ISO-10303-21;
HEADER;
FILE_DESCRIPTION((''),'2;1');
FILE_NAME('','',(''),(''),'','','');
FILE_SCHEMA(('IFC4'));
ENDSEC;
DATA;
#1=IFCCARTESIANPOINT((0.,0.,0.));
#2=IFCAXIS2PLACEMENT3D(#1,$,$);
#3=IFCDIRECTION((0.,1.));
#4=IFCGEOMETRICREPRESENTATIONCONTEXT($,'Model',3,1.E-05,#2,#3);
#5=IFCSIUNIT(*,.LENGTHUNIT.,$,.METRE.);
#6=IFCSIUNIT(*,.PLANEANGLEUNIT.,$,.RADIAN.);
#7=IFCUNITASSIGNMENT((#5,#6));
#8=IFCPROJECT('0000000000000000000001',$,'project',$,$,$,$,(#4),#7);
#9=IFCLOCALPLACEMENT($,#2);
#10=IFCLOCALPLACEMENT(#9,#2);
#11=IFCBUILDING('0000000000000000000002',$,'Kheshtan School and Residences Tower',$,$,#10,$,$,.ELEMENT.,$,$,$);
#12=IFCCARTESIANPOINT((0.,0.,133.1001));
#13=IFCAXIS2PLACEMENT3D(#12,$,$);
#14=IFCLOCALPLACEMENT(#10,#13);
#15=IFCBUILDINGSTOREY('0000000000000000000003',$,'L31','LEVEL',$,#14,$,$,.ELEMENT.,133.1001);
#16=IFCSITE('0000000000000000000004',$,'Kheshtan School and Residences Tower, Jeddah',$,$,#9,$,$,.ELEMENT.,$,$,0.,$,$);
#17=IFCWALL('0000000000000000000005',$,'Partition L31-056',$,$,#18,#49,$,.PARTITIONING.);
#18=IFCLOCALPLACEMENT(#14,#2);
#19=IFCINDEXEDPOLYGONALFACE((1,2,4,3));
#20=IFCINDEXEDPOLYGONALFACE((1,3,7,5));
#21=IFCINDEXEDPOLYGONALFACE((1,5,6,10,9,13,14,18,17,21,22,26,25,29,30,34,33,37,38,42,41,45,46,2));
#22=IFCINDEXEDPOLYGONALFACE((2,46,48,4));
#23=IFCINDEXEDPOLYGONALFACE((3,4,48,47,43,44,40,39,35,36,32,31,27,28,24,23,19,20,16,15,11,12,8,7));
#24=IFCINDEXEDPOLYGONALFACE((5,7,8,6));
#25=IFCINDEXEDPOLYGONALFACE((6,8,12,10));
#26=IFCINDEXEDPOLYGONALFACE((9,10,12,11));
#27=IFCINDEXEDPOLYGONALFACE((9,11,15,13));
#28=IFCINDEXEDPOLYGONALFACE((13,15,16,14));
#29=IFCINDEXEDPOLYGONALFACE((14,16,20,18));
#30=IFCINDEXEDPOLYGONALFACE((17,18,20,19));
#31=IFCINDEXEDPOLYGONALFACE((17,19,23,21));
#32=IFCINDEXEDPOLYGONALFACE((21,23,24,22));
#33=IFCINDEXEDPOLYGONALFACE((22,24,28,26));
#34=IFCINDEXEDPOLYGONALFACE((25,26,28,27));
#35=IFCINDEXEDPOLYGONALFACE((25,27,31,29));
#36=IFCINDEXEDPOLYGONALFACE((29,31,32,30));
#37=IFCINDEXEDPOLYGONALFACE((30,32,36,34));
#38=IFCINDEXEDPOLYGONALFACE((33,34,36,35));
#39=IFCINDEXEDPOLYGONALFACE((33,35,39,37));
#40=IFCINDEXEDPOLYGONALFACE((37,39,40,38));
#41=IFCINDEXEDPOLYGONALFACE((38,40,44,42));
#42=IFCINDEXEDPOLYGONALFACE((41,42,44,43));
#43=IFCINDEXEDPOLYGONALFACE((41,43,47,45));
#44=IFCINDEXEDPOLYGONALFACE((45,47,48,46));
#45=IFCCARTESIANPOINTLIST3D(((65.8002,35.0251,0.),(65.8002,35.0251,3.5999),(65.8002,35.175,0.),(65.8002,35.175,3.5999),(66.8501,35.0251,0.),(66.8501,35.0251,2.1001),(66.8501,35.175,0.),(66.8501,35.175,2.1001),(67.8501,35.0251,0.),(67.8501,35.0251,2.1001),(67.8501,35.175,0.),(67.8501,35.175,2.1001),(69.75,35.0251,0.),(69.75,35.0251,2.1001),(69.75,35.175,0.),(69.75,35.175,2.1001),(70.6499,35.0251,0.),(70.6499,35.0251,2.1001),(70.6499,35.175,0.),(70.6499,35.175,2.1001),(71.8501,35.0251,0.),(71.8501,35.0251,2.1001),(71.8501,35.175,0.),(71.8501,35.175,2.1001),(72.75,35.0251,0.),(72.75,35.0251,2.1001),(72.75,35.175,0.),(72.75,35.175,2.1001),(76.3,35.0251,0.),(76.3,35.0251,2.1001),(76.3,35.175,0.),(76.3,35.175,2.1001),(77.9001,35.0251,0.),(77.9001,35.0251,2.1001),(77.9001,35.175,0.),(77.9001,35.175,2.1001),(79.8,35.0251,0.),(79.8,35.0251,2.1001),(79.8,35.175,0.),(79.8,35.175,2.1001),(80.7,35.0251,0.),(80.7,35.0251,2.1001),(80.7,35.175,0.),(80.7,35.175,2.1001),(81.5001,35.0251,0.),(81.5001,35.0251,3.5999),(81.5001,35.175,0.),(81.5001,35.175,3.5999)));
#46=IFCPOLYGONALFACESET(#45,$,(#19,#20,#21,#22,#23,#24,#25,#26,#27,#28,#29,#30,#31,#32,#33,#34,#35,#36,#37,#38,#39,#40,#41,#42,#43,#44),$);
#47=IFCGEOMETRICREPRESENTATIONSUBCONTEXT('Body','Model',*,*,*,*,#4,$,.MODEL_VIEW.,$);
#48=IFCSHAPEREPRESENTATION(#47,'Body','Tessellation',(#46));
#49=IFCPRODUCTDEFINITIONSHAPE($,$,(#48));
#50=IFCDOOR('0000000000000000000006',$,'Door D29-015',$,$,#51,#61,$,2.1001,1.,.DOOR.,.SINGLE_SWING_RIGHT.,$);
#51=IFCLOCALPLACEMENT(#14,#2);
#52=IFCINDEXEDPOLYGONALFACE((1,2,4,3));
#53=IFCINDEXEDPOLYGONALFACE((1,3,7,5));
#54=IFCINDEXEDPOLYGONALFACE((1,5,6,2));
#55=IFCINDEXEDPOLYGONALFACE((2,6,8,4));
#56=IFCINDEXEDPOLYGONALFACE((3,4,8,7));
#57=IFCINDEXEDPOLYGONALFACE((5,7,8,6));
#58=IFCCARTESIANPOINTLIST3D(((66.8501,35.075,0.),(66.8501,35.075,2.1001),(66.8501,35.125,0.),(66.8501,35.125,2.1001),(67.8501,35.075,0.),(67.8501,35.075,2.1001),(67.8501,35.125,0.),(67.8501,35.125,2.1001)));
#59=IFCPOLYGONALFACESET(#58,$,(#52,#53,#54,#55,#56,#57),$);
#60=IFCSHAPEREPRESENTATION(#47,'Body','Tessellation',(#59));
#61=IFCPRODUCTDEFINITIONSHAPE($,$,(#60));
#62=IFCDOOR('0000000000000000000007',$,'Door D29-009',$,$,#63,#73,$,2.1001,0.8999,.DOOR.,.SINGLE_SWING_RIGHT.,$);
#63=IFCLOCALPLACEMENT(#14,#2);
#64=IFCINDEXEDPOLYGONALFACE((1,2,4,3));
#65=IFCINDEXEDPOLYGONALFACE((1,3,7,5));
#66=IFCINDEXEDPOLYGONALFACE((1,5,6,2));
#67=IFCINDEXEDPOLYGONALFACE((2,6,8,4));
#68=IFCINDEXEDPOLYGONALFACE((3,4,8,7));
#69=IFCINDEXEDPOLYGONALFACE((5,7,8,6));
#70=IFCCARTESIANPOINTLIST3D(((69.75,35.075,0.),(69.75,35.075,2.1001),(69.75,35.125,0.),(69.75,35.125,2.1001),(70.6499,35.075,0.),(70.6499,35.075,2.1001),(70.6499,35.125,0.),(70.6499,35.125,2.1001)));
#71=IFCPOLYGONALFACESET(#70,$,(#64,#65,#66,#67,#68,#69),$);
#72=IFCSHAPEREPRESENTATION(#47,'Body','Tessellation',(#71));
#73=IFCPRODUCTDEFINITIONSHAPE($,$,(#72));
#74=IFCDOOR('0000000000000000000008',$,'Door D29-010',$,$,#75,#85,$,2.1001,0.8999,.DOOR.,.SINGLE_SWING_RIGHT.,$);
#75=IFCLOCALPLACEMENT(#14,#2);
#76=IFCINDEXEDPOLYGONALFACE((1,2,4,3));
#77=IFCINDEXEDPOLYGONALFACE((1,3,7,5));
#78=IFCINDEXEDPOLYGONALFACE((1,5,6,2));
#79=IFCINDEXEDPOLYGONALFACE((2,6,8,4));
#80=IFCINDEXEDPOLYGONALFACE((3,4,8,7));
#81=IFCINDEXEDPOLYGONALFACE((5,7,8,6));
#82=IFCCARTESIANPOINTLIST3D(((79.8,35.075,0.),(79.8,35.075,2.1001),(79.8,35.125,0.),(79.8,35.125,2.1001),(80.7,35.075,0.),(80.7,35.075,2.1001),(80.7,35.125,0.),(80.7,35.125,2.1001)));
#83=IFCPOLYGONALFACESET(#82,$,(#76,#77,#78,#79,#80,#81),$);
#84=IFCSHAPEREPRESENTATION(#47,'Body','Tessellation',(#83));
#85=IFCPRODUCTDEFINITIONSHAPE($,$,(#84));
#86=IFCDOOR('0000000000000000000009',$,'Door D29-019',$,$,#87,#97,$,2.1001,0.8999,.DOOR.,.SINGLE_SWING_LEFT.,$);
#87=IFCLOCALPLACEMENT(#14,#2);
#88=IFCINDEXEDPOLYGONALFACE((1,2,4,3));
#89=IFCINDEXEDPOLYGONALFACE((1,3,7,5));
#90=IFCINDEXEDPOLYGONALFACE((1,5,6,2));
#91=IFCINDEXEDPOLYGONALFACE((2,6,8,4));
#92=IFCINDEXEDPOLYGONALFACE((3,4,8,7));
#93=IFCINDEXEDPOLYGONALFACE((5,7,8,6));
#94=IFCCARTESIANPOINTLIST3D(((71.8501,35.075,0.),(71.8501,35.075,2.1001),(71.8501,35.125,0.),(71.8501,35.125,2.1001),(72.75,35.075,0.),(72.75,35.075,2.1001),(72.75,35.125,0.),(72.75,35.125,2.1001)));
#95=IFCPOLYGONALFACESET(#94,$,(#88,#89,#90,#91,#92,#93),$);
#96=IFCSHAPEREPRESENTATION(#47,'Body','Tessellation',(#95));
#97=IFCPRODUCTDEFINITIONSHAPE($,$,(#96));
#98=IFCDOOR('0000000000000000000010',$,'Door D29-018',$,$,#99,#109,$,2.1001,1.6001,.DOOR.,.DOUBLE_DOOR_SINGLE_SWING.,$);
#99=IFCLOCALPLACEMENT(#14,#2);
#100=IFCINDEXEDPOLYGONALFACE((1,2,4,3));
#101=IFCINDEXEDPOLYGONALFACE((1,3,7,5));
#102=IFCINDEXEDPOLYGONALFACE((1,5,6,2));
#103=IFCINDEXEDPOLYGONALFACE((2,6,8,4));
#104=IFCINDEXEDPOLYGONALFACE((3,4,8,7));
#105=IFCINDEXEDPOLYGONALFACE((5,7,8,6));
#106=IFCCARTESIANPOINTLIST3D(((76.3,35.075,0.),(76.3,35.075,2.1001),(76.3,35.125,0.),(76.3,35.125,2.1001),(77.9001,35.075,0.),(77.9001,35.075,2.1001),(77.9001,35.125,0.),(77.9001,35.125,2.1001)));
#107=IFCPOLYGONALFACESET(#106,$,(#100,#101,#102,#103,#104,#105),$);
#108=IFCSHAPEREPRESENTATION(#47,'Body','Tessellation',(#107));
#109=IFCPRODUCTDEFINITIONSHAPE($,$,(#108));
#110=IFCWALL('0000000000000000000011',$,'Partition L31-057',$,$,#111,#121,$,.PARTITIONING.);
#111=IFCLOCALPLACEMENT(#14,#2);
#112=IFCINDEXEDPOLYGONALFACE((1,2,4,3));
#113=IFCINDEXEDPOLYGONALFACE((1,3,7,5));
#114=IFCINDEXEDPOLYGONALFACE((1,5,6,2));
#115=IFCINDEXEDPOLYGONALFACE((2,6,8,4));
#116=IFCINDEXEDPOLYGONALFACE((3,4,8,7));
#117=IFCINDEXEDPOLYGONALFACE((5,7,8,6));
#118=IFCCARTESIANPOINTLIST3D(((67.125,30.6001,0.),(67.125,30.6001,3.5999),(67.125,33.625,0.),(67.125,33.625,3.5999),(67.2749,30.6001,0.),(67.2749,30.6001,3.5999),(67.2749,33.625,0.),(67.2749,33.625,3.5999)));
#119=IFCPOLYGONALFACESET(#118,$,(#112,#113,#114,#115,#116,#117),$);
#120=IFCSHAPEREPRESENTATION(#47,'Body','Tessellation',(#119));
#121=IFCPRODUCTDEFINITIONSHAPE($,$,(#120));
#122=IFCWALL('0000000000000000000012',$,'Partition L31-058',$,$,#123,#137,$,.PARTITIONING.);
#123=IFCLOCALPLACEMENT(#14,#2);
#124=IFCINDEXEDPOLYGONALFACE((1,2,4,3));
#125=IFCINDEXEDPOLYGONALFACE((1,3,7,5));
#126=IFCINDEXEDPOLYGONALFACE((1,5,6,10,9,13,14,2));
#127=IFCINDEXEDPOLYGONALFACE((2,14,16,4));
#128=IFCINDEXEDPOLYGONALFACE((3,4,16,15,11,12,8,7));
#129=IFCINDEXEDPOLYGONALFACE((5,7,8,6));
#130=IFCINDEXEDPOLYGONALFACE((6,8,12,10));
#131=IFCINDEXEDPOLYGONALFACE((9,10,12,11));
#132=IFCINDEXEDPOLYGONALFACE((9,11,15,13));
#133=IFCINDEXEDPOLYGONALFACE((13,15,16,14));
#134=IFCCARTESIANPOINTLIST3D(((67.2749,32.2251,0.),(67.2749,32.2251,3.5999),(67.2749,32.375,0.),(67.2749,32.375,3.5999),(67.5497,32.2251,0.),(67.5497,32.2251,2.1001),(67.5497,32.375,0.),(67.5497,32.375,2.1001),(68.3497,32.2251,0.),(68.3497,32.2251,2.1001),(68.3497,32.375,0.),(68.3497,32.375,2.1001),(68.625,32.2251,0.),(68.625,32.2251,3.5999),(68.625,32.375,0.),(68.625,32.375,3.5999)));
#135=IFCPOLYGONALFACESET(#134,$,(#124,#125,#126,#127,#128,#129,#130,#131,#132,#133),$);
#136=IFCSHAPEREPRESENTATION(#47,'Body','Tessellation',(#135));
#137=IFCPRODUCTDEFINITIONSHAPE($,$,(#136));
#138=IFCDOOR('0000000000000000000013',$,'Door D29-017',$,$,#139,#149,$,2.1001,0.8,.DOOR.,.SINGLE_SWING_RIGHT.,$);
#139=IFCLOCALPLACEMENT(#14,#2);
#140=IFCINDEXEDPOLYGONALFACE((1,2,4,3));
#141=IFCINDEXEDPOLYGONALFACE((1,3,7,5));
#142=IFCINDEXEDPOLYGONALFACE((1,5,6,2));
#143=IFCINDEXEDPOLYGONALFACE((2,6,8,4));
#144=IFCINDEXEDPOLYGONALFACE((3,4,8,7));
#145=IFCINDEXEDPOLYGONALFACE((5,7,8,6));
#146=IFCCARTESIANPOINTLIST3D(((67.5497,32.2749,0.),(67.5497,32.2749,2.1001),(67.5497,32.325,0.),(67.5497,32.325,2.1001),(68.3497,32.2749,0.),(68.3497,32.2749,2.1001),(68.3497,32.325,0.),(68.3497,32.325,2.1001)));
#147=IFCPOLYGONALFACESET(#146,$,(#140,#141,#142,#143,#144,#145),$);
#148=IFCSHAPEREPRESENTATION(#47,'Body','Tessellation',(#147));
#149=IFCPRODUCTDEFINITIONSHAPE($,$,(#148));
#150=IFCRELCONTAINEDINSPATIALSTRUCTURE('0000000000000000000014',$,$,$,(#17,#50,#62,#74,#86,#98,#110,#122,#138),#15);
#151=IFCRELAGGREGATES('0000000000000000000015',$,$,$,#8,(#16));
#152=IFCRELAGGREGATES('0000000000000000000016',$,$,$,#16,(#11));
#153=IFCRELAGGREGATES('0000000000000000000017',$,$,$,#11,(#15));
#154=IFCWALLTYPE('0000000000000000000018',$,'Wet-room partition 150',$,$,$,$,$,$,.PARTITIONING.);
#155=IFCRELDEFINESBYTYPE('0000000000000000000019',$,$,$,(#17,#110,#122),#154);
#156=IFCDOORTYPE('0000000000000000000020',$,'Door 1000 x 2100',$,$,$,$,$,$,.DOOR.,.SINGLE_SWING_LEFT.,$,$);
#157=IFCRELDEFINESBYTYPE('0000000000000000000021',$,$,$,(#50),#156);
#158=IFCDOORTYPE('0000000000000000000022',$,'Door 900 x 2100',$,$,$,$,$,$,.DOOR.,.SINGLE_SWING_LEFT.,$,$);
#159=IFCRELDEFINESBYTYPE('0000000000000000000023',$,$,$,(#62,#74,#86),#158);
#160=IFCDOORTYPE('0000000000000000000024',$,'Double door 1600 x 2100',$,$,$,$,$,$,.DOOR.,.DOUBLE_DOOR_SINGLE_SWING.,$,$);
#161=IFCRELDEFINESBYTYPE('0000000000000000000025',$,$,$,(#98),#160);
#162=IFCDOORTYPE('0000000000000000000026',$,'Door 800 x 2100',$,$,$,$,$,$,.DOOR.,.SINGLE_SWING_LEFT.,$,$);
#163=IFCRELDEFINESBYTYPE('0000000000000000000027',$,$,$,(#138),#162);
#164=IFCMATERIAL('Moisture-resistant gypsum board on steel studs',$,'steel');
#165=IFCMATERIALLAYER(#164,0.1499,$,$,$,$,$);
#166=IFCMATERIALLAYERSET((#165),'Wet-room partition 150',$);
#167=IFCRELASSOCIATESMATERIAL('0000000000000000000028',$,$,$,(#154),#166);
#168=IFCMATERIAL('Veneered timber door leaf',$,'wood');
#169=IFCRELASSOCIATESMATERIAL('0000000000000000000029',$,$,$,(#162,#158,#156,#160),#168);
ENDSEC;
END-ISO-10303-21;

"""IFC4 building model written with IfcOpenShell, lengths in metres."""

from ifc_helpers import new_model, si_unit, direction, frame, frame_2d, origin, place, context, subcontext, project, spatial, rectangle, extrude, source, transform, mapped, material, layer, layer_set, type_object, element, fill, save


model = new_model("IFC4")

# Units and contexts
model_context = context("Model", 3, precision=1e-05, world=origin(), true_north=direction((0.0, 1.0)))
body_context = subcontext(model_context, "Body", "Model", "MODEL_VIEW")
ifc_project = project(units=[si_unit("LENGTHUNIT", "METRE"), si_unit("PLANEANGLEUNIT", "RADIAN")], contexts=[model_context])

# Site, building, storey
site_placement = place(None, origin())
site = spatial("IfcSite", under=ifc_project, at=site_placement, Name="Kheshtan School and Residences Tower, Jeddah", CompositionType="ELEMENT", RefElevation=0.0)
building_placement = place(site_placement, origin())
building = spatial("IfcBuilding", under=site, at=building_placement, Name="Kheshtan School and Residences Tower", CompositionType="ELEMENT")
storey_placement = place(building_placement, frame((0.0, 0.0, 133.1001)))
storey = spatial("IfcBuildingStorey", under=building, at=storey_placement, Name="L31", Description="LEVEL", CompositionType="ELEMENT", Elevation=133.1001)

# Wall, openings, doors
ifc_material_1 = material(Name="Moisture-resistant gypsum board on steel studs", Category="steel")
ifc_layer_1 = layer(ifc_material_1, 0.1499)
ifc_layer_set_1 = layer_set([ifc_layer_1], Name="Wet-room partition 150")
wall_type_1 = type_object("IfcWallType", Name="Wet-room partition 150", PredefinedType="PARTITIONING", material=ifc_layer_set_1)
ifc_material_2 = material(Name="Veneered timber door leaf", Category="wood")
door_type_1 = type_object("IfcDoorType", Name="Door 800 x 2100", OperationType="SINGLE_SWING_LEFT", PredefinedType="DOOR", material=ifc_material_2)
shared_shape_1 = source(origin(), body_context, "Body", "SweptSolid", [
    extrude(rectangle(XDim=0.8, YDim=2.1001, at=frame_2d((0.3999, 1.05))), frame((0.0, 0.0249, 0.0), z_axis=(0.0, -1.0, 0.0), x_axis=(1.0, 0.0, 0.0)), (0.0, 0.0, 1.0), 0.05),
])
door_type_2 = type_object("IfcDoorType", Name="Door 900 x 2100", OperationType="SINGLE_SWING_LEFT", PredefinedType="DOOR", material=ifc_material_2)
shared_shape_2 = source(origin(), body_context, "Body", "SweptSolid", [
    extrude(rectangle(XDim=0.8999, YDim=2.1001, at=frame_2d((0.45, 1.05))), frame((0.0, 0.0249, 0.0), z_axis=(0.0, -1.0, 0.0), x_axis=(1.0, 0.0, 0.0)), (0.0, 0.0, 1.0), 0.05),
])
wall_1_placement = place(storey_placement, frame((65.8, 35.1001, 0.0), z_axis=(0.0, 0.0, 1.0), x_axis=(1.0, 0.0, 0.0)))
wall_1 = element("IfcWall", 1, at=wall_1_placement, inside=storey, type_object=wall_type_1, Name="Partition L31-056", PredefinedType="PARTITIONING", context=body_context, shape_type="SweptSolid", body=[
    extrude(rectangle(XDim=15.7, YDim=0.1499, at=frame_2d((7.8501, 0.0))), origin(), (0.0, 0.0, 1.0), 3.5999),
])
opening_1_placement = place(wall_1_placement, frame((3.95, 0.0, 0.0)))
opening_1 = element("IfcOpeningElement", 2, at=opening_1_placement, cuts=wall_1, PredefinedType="OPENING", context=body_context, shape_type="SweptSolid", body=[
    extrude(rectangle(XDim=0.8999, YDim=2.1001, at=frame_2d((0.45, 1.05))), frame((0.0, 0.085, 0.0), z_axis=(0.0, -1.0, 0.0), x_axis=(1.0, 0.0, 0.0)), (0.0, 0.0, 1.0), 0.1699),
])
opening_2_placement = place(wall_1_placement, frame((14.0, 0.0, 0.0)))
opening_2 = element("IfcOpeningElement", 3, at=opening_2_placement, cuts=wall_1, PredefinedType="OPENING", context=body_context, shape_type="SweptSolid", body=[
    extrude(rectangle(XDim=0.8999, YDim=2.1001, at=frame_2d((0.45, 1.05))), frame((0.0, 0.085, 0.0), z_axis=(0.0, -1.0, 0.0), x_axis=(1.0, 0.0, 0.0)), (0.0, 0.0, 1.0), 0.1699),
])
opening_3_placement = place(wall_1_placement, frame((1.05, 0.0, 0.0)))
opening_3 = element("IfcOpeningElement", 4, at=opening_3_placement, cuts=wall_1, PredefinedType="OPENING", context=body_context, shape_type="SweptSolid", body=[
    extrude(rectangle(XDim=1.0, YDim=2.1001, at=frame_2d((0.5, 1.05))), frame((0.0, 0.085, 0.0), z_axis=(0.0, -1.0, 0.0), x_axis=(1.0, 0.0, 0.0)), (0.0, 0.0, 1.0), 0.1699),
])
opening_4_placement = place(wall_1_placement, frame((10.5, 0.0, 0.0)))
opening_4 = element("IfcOpeningElement", 5, at=opening_4_placement, cuts=wall_1, PredefinedType="OPENING", context=body_context, shape_type="SweptSolid", body=[
    extrude(rectangle(XDim=1.6001, YDim=2.1001, at=frame_2d((0.8, 1.05))), frame((0.0, 0.085, 0.0), z_axis=(0.0, -1.0, 0.0), x_axis=(1.0, 0.0, 0.0)), (0.0, 0.0, 1.0), 0.1699),
])
opening_5_placement = place(wall_1_placement, frame((6.05, 0.0, 0.0)))
opening_5 = element("IfcOpeningElement", 6, at=opening_5_placement, cuts=wall_1, PredefinedType="OPENING", context=body_context, shape_type="SweptSolid", body=[
    extrude(rectangle(XDim=0.8999, YDim=2.1001, at=frame_2d((0.45, 1.05))), frame((0.0, 0.085, 0.0), z_axis=(0.0, -1.0, 0.0), x_axis=(1.0, 0.0, 0.0)), (0.0, 0.0, 1.0), 0.1699),
])
door_type_3 = type_object("IfcDoorType", Name="Door 1000 x 2100", OperationType="SINGLE_SWING_LEFT", PredefinedType="DOOR", material=ifc_material_2)
shared_shape_3 = source(origin(), body_context, "Body", "SweptSolid", [
    extrude(rectangle(XDim=1.0, YDim=2.1001, at=frame_2d((0.5, 1.05))), frame((0.0, 0.0249, 0.0), z_axis=(0.0, -1.0, 0.0), x_axis=(1.0, 0.0, 0.0)), (0.0, 0.0, 1.0), 0.05),
])
door_1_placement = place(opening_3_placement, origin())
door_1 = element("IfcDoor", 7, at=door_1_placement, inside=storey, type_object=door_type_3, Name="Door D29-015", OperationType="SINGLE_SWING_RIGHT", OverallHeight=2.1001, OverallWidth=1.0, PredefinedType="DOOR", context=body_context, shape_type="MappedRepresentation", body=[
    mapped(shared_shape_3, transform((0.0, 0.0, 0.0), x_axis=(1.0, 0.0, 0.0), y_axis=(0.0, 1.0, 0.0), z_axis=(0.0, 0.0, 1.0), scale=1.0)),
])
fill(opening_3, door_1)
door_2_placement = place(opening_1_placement, origin())
door_2 = element("IfcDoor", 8, at=door_2_placement, inside=storey, type_object=door_type_2, Name="Door D29-009", OperationType="SINGLE_SWING_RIGHT", OverallHeight=2.1001, OverallWidth=0.8999, PredefinedType="DOOR", context=body_context, shape_type="MappedRepresentation", body=[
    mapped(shared_shape_2, transform((0.0, 0.0, 0.0), x_axis=(1.0, 0.0, 0.0), y_axis=(0.0, 1.0, 0.0), z_axis=(0.0, 0.0, 1.0), scale=1.0)),
])
fill(opening_1, door_2)
door_3_placement = place(opening_2_placement, origin())
door_3 = element("IfcDoor", 9, at=door_3_placement, inside=storey, type_object=door_type_2, Name="Door D29-010", OperationType="SINGLE_SWING_RIGHT", OverallHeight=2.1001, OverallWidth=0.8999, PredefinedType="DOOR", context=body_context, shape_type="MappedRepresentation", body=[
    mapped(shared_shape_2, transform((0.0, 0.0, 0.0), x_axis=(1.0, 0.0, 0.0), y_axis=(0.0, 1.0, 0.0), z_axis=(0.0, 0.0, 1.0), scale=1.0)),
])
fill(opening_2, door_3)
door_4_placement = place(opening_5_placement, origin())
door_4 = element("IfcDoor", 10, at=door_4_placement, inside=storey, type_object=door_type_2, Name="Door D29-019", OperationType="SINGLE_SWING_LEFT", OverallHeight=2.1001, OverallWidth=0.8999, PredefinedType="DOOR", context=body_context, shape_type="MappedRepresentation", body=[
    mapped(shared_shape_2, transform((0.0, 0.0, 0.0), x_axis=(1.0, 0.0, 0.0), y_axis=(0.0, 1.0, 0.0), z_axis=(0.0, 0.0, 1.0), scale=1.0)),
])
fill(opening_5, door_4)
door_type_4 = type_object("IfcDoorType", Name="Double door 1600 x 2100", OperationType="DOUBLE_DOOR_SINGLE_SWING", PredefinedType="DOOR", material=ifc_material_2)
shared_shape_4 = source(origin(), body_context, "Body", "SweptSolid", [
    extrude(rectangle(XDim=1.6001, YDim=2.1001, at=frame_2d((0.8, 1.05))), frame((0.0, 0.0249, 0.0), z_axis=(0.0, -1.0, 0.0), x_axis=(1.0, 0.0, 0.0)), (0.0, 0.0, 1.0), 0.05),
])
door_5_placement = place(opening_4_placement, origin())
door_5 = element("IfcDoor", 11, at=door_5_placement, inside=storey, type_object=door_type_4, Name="Door D29-018", OperationType="DOUBLE_DOOR_SINGLE_SWING", OverallHeight=2.1001, OverallWidth=1.6001, PredefinedType="DOOR", context=body_context, shape_type="MappedRepresentation", body=[
    mapped(shared_shape_4, transform((0.0, 0.0, 0.0), x_axis=(1.0, 0.0, 0.0), y_axis=(0.0, 1.0, 0.0), z_axis=(0.0, 0.0, 1.0), scale=1.0)),
])
fill(opening_4, door_5)

# Wall
wall_2_placement = place(storey_placement, frame((67.2, 30.6001, 0.0), z_axis=(0.0, 0.0, 1.0), x_axis=(0.0, 1.0, 0.0)))
element("IfcWall", 12, at=wall_2_placement, inside=storey, type_object=wall_type_1, Name="Partition L31-057", PredefinedType="PARTITIONING", context=body_context, shape_type="SweptSolid", body=[
    extrude(rectangle(XDim=3.0249, YDim=0.1499, at=frame_2d((1.5125, 0.0))), origin(), (0.0, 0.0, 1.0), 3.5999),
])

# Wall, opening, door
wall_3_placement = place(storey_placement, frame((67.2749, 32.3, 0.0), z_axis=(0.0, 0.0, 1.0), x_axis=(1.0, 0.0, 0.0)))
wall_3 = element("IfcWall", 13, at=wall_3_placement, inside=storey, type_object=wall_type_1, Name="Partition L31-058", PredefinedType="PARTITIONING", context=body_context, shape_type="SweptSolid", body=[
    extrude(rectangle(XDim=1.3501, YDim=0.1499, at=frame_2d((0.675, 0.0))), origin(), (0.0, 0.0, 1.0), 3.5999),
])
opening_6_placement = place(wall_3_placement, frame((0.2749, 0.0, 0.0)))
opening_6 = element("IfcOpeningElement", 14, at=opening_6_placement, cuts=wall_3, PredefinedType="OPENING", context=body_context, shape_type="SweptSolid", body=[
    extrude(rectangle(XDim=0.8, YDim=2.1001, at=frame_2d((0.3999, 1.05))), frame((0.0, 0.085, 0.0), z_axis=(0.0, -1.0, 0.0), x_axis=(1.0, 0.0, 0.0)), (0.0, 0.0, 1.0), 0.1699),
])
door_6_placement = place(opening_6_placement, origin())
door_6 = element("IfcDoor", 15, at=door_6_placement, inside=storey, type_object=door_type_1, Name="Door D29-017", OperationType="SINGLE_SWING_RIGHT", OverallHeight=2.1001, OverallWidth=0.8, PredefinedType="DOOR", context=body_context, shape_type="MappedRepresentation", body=[
    mapped(shared_shape_1, transform((0.0, 0.0, 0.0), x_axis=(1.0, 0.0, 0.0), y_axis=(0.0, 1.0, 0.0), z_axis=(0.0, 0.0, 1.0), scale=1.0)),
])
fill(opening_6, door_6)

save(model, "model.ifc")
